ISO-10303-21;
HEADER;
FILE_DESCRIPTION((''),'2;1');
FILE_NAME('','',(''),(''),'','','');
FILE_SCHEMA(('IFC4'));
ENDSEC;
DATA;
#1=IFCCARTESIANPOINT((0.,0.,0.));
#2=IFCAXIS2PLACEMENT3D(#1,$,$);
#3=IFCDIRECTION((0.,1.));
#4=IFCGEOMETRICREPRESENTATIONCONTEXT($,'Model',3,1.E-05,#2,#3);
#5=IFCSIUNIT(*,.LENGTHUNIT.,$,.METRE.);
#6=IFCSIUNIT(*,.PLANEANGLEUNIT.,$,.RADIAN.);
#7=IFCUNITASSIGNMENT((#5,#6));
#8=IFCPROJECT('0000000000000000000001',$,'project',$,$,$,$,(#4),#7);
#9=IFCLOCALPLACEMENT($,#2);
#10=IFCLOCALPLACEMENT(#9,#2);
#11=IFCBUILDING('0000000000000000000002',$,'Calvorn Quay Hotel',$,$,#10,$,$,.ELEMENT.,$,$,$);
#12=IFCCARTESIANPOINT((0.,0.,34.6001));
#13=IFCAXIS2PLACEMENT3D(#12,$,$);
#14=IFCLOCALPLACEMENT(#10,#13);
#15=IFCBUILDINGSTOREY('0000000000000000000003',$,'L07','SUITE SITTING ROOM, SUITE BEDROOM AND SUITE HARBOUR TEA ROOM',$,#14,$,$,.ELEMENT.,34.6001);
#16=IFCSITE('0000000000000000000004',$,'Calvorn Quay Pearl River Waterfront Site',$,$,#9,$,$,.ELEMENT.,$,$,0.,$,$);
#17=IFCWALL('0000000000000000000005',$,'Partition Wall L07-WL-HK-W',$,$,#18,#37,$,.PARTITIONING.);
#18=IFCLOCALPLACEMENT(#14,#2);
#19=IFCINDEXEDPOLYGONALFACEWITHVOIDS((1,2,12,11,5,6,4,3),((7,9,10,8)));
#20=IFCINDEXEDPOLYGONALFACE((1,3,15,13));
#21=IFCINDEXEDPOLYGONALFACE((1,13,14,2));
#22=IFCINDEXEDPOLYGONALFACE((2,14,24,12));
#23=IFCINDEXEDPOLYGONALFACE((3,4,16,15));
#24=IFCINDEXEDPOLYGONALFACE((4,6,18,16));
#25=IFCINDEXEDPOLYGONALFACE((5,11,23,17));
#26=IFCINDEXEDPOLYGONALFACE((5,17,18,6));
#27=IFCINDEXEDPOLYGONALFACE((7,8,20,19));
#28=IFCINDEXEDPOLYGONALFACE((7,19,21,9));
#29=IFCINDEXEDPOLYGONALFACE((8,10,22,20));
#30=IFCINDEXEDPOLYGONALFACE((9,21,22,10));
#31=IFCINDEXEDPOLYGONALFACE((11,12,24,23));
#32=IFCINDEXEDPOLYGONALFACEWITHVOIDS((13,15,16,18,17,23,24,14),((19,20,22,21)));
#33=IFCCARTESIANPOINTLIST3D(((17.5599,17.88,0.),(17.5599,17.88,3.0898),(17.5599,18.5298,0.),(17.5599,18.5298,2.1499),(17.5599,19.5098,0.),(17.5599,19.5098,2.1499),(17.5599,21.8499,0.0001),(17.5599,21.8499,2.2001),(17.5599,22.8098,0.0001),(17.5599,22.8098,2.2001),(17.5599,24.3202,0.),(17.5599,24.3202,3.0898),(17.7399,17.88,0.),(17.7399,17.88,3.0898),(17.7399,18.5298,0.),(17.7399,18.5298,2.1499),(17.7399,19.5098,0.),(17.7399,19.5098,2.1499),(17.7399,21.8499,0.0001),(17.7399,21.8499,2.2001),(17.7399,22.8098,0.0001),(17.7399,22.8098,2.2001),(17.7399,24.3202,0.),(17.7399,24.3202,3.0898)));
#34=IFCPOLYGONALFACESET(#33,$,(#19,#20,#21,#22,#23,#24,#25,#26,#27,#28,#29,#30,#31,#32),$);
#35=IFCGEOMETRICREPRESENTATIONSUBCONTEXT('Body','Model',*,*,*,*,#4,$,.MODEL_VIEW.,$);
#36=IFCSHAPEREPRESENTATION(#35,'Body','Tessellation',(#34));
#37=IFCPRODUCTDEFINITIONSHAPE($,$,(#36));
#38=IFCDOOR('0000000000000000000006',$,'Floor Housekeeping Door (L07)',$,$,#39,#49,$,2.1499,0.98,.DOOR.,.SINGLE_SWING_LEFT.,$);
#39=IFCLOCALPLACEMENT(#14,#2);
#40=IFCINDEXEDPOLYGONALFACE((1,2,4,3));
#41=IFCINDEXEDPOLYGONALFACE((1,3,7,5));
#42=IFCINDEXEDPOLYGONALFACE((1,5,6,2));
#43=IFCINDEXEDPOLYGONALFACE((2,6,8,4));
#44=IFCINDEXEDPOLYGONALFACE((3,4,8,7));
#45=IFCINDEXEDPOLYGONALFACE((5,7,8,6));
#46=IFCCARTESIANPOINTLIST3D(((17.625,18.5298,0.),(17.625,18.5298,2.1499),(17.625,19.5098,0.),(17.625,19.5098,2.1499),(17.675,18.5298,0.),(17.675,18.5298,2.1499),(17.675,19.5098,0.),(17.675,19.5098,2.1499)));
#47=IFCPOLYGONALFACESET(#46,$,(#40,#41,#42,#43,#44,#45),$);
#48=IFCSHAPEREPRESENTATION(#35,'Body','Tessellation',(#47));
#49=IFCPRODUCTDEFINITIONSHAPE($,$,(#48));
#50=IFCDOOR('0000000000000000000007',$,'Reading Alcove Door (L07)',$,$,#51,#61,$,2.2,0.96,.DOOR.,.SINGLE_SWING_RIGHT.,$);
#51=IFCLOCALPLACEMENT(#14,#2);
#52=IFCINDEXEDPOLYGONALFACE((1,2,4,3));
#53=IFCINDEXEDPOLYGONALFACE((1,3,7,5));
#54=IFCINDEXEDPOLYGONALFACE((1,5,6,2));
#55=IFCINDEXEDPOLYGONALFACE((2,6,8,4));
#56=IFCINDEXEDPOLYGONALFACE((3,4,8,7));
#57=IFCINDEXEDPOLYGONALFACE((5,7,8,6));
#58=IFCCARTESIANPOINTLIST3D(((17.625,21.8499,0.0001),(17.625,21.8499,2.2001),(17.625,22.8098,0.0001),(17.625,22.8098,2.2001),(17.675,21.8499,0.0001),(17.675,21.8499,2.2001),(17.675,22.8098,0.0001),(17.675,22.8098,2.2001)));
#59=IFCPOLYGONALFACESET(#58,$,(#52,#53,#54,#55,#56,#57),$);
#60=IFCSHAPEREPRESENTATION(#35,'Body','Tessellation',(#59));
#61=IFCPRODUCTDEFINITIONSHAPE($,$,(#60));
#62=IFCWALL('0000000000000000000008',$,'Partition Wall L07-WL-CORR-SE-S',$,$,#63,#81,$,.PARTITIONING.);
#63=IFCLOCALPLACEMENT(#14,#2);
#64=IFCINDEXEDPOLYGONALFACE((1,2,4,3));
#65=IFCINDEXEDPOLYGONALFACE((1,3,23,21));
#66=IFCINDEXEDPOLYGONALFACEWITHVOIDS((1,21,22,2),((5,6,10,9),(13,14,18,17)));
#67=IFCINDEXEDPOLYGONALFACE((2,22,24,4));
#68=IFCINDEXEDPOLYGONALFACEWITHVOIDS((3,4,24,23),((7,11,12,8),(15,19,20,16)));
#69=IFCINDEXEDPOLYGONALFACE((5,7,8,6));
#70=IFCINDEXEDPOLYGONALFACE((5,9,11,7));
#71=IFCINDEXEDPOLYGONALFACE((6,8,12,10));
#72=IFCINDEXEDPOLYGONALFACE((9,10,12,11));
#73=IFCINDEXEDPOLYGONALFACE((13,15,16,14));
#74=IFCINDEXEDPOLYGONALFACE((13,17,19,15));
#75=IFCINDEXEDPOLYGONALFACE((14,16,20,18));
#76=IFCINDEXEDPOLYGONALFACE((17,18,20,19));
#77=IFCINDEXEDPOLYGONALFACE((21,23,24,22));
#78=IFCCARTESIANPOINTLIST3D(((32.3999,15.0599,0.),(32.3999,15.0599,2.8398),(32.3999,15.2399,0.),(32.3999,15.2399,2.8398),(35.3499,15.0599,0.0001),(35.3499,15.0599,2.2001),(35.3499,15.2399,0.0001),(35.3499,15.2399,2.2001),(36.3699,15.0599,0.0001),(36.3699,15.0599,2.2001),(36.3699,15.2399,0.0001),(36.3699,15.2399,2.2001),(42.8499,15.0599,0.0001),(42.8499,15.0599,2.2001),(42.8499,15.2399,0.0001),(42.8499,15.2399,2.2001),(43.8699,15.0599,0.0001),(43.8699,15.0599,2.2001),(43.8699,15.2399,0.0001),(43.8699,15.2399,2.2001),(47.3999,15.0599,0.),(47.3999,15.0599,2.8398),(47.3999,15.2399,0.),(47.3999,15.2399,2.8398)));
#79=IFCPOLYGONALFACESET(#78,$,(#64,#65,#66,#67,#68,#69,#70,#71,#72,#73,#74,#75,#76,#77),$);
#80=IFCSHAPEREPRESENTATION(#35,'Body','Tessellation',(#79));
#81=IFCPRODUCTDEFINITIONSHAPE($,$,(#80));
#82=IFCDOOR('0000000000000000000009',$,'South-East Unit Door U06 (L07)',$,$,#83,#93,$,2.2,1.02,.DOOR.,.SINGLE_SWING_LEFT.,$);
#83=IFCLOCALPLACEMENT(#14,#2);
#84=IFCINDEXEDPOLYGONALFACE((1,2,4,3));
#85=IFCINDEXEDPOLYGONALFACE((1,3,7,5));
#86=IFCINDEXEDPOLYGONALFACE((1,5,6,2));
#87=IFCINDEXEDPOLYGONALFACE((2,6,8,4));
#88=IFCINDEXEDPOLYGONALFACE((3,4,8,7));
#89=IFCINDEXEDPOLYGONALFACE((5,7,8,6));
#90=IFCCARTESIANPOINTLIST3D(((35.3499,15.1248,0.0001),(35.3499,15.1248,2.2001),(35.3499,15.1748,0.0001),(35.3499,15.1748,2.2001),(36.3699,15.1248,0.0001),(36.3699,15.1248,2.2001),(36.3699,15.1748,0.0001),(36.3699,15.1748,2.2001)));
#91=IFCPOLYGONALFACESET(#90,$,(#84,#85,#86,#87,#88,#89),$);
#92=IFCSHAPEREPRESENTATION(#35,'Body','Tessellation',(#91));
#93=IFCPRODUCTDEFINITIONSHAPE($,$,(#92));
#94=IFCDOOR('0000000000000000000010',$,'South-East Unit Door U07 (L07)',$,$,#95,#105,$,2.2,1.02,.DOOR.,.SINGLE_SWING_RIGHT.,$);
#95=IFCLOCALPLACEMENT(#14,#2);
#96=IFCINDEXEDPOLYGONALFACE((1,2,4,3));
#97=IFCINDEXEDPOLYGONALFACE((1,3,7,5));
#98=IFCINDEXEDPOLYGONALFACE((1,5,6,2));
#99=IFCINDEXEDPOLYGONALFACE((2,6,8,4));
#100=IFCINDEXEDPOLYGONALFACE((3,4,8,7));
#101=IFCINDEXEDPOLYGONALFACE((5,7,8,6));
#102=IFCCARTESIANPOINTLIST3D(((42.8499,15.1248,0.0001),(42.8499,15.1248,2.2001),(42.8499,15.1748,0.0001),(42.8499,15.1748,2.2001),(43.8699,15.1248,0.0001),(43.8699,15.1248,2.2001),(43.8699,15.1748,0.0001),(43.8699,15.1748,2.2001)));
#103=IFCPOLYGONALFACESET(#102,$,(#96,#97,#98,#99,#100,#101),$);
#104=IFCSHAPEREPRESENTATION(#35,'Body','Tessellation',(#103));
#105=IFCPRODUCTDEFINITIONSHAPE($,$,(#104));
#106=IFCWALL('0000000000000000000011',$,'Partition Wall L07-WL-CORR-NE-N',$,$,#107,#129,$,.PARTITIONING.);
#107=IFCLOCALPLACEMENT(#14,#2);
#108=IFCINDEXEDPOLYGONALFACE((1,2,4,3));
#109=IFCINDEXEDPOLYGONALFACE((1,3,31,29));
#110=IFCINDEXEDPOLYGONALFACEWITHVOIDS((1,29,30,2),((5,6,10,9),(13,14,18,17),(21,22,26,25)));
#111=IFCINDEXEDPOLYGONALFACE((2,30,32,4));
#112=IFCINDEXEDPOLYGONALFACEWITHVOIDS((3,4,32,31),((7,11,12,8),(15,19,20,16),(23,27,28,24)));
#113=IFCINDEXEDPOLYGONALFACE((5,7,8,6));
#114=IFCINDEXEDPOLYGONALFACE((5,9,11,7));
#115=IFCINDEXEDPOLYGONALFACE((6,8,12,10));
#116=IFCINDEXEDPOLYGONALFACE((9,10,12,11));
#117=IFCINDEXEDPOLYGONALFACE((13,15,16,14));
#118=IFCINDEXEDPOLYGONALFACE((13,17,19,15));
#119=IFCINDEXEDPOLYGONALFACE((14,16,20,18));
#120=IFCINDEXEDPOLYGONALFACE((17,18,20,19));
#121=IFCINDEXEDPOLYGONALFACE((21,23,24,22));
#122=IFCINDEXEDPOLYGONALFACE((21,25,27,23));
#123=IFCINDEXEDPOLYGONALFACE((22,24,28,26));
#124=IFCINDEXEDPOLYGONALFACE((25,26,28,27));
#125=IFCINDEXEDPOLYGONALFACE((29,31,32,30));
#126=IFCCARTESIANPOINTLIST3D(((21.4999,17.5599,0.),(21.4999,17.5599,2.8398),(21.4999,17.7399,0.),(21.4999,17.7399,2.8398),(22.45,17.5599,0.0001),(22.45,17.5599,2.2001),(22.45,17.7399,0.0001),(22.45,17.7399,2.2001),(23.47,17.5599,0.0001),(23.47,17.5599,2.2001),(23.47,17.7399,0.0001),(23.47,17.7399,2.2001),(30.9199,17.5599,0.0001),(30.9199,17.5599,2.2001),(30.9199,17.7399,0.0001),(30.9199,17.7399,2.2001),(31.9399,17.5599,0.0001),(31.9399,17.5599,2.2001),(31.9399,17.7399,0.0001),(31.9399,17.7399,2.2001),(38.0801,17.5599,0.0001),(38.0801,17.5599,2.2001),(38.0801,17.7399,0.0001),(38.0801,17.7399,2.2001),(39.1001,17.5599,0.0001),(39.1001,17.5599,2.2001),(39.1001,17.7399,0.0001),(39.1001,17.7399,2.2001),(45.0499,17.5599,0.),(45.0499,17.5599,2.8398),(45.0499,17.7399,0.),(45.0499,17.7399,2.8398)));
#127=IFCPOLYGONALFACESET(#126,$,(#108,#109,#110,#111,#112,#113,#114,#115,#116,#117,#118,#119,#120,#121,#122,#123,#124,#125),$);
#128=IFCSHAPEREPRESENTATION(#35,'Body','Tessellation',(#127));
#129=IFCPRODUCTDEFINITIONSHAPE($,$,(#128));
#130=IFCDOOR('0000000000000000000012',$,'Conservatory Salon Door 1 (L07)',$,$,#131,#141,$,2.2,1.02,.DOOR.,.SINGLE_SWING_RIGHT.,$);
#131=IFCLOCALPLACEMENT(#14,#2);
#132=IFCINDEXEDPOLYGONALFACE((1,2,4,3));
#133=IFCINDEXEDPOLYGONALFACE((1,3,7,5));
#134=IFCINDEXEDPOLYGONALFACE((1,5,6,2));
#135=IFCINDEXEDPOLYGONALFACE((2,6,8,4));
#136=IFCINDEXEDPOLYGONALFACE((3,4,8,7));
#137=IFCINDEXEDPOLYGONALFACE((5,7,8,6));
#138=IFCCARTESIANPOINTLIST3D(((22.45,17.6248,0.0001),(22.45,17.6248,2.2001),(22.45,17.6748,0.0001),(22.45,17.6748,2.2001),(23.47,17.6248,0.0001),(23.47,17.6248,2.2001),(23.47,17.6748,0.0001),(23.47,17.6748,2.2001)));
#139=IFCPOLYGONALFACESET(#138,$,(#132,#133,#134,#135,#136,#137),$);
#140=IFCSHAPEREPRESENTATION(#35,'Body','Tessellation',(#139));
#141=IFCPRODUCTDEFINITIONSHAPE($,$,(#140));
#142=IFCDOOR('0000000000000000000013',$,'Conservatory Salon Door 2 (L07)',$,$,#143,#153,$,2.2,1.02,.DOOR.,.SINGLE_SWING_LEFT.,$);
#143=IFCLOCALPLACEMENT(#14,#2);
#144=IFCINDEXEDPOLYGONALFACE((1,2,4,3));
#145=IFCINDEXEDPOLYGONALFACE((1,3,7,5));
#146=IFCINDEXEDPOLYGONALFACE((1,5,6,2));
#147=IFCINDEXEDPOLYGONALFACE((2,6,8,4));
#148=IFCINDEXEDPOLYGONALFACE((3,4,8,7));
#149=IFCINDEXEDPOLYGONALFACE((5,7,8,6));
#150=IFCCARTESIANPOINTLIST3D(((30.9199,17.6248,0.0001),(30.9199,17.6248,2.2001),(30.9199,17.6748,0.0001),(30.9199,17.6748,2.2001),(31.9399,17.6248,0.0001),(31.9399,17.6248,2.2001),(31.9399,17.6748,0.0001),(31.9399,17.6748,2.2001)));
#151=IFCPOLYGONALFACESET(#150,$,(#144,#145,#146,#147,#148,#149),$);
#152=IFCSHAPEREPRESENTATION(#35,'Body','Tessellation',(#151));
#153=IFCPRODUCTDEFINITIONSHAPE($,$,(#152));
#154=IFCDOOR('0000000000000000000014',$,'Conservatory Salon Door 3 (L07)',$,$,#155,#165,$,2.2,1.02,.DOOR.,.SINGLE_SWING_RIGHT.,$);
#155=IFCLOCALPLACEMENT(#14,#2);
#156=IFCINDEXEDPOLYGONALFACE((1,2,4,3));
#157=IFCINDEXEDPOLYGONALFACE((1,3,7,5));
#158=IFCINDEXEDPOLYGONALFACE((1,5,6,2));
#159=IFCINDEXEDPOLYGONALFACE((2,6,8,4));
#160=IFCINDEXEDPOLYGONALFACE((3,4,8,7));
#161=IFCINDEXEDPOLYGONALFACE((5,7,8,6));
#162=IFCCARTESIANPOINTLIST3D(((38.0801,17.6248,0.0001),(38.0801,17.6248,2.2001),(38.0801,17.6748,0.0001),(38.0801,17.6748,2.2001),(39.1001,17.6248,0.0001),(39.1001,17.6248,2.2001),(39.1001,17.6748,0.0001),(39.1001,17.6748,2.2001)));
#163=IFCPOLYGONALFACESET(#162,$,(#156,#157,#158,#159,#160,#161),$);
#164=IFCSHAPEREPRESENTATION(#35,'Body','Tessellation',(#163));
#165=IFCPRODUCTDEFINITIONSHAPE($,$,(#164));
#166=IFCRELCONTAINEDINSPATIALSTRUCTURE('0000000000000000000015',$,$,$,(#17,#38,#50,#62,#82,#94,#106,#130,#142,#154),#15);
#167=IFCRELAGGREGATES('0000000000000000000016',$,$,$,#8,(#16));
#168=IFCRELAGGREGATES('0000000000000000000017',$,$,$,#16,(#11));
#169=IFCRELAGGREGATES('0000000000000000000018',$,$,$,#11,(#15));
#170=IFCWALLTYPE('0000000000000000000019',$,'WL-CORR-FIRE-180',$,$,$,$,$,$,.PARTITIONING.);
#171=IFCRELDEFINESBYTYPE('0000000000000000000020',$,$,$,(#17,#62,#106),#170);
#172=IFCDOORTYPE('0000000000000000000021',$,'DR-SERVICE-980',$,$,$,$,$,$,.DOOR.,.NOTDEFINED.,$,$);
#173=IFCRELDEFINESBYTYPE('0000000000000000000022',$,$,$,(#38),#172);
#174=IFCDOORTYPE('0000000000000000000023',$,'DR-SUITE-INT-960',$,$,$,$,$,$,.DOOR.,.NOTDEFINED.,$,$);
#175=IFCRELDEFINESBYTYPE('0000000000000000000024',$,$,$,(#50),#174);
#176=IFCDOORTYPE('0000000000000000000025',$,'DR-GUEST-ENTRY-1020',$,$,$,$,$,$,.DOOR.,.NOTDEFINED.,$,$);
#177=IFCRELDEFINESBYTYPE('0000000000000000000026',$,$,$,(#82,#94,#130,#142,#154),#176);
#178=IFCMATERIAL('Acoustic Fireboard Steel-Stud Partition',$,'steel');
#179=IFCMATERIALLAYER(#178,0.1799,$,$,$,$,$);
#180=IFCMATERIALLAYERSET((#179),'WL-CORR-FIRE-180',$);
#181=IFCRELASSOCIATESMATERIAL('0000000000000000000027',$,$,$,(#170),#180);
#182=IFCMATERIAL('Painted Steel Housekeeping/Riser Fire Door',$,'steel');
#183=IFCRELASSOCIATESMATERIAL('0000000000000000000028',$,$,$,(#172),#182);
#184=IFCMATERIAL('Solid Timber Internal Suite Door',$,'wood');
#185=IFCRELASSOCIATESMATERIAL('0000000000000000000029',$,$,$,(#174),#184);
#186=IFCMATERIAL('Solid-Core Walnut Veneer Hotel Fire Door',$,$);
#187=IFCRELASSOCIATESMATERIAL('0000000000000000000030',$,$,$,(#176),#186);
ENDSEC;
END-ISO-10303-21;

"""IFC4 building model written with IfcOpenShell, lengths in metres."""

from ifc_helpers import new_model, si_unit, direction, frame, frame_2d, origin, place, context, subcontext, project, spatial, rectangle, extrude, material, layer, layer_set, type_object, element, fill, save


model = new_model("IFC4")

# Units and contexts
model_context = context("Model", 3, precision=1e-05, world=origin(), true_north=direction((0.0, 1.0)))
body_context = subcontext(model_context, "Body", "Model", "MODEL_VIEW")
ifc_project = project(units=[si_unit("LENGTHUNIT", "METRE"), si_unit("PLANEANGLEUNIT", "RADIAN")], contexts=[model_context])

# Site, building, storey
site_placement = place(None, origin())
site = spatial("IfcSite", under=ifc_project, at=site_placement, Name="Calvorn Quay Pearl River Waterfront Site", CompositionType="ELEMENT", RefElevation=0.0)
building_placement = place(site_placement, origin())
building = spatial("IfcBuilding", under=site, at=building_placement, Name="Calvorn Quay Hotel", CompositionType="ELEMENT")
storey_placement = place(building_placement, frame((0.0, 0.0, 34.6001)))
storey = spatial("IfcBuildingStorey", under=building, at=storey_placement, Name="L07", Description="SUITE SITTING ROOM, SUITE BEDROOM AND SUITE HARBOUR TEA ROOM", CompositionType="ELEMENT", Elevation=34.6001)

# Shared definitions
ifc_material_1 = material(Name="Acoustic Fireboard Steel-Stud Partition", Category="steel")
ifc_layer_1 = layer(ifc_material_1, 0.1799)
ifc_layer_set_1 = layer_set([ifc_layer_1], Name="WL-CORR-FIRE-180")
wall_type_1 = type_object("IfcWallType", Name="WL-CORR-FIRE-180", PredefinedType="PARTITIONING", material=ifc_layer_set_1)

# Walls, openings, doors
wall_1_placement = place(storey_placement, frame((17.6499, 17.8799, 0.0), z_axis=(0.0, 0.0, 1.0), x_axis=(0.0, 1.0, 0.0)))
wall_1 = element("IfcWall", 1, at=wall_1_placement, inside=storey, type_object=wall_type_1, Name="Partition Wall L07-WL-HK-W", PredefinedType="PARTITIONING", context=body_context, shape_type="SweptSolid", body=[
    extrude(rectangle(XDim=6.4402, YDim=0.1799, at=frame_2d((3.2202, 0.0))), origin(), (0.0, 0.0, 1.0), 3.0898),
])
opening_1_placement = place(wall_1_placement, frame((0.6499, 0.0, 0.0)))
opening_1 = element("IfcOpeningElement", 2, at=opening_1_placement, cuts=wall_1, PredefinedType="OPENING", context=body_context, shape_type="SweptSolid", body=[
    extrude(rectangle(XDim=0.98, YDim=2.1499, at=frame_2d((0.49, 1.075))), frame((0.0, 0.0999, 0.0), z_axis=(0.0, -1.0, 0.0), x_axis=(1.0, 0.0, 0.0)), (0.0, 0.0, 1.0), 0.2),
])
opening_2_placement = place(wall_1_placement, frame((3.97, 0.0, 0.0)))
opening_2 = element("IfcOpeningElement", 3, at=opening_2_placement, cuts=wall_1, PredefinedType="OPENING", context=body_context, shape_type="SweptSolid", body=[
    extrude(rectangle(XDim=0.96, YDim=2.2, at=frame_2d((0.48, 1.1001))), frame((0.0, 0.0999, 0.0), z_axis=(0.0, -1.0, 0.0), x_axis=(1.0, 0.0, 0.0)), (0.0, 0.0, 1.0), 0.2),
])
ifc_material_2 = material(Name="Painted Steel Housekeeping/Riser Fire Door", Category="steel")
door_type_1 = type_object("IfcDoorType", Name="DR-SERVICE-980", OperationType="NOTDEFINED", PredefinedType="DOOR", material=ifc_material_2)
door_1_placement = place(opening_1_placement, origin())
door_1 = element("IfcDoor", 4, at=door_1_placement, inside=storey, type_object=door_type_1, Name="Floor Housekeeping Door (L07)", OperationType="SINGLE_SWING_LEFT", OverallHeight=2.1499, OverallWidth=0.98, PredefinedType="DOOR", context=body_context, shape_type="SweptSolid", body=[
    extrude(rectangle(XDim=0.98, YDim=2.1499, at=frame_2d((0.49, 1.075))), frame((0.0, 0.0249, 0.0), z_axis=(0.0, -1.0, 0.0), x_axis=(1.0, 0.0, 0.0)), (0.0, 0.0, 1.0), 0.05),
])
fill(opening_1, door_1)
ifc_material_3 = material(Name="Solid Timber Internal Suite Door", Category="wood")
door_type_2 = type_object("IfcDoorType", Name="DR-SUITE-INT-960", OperationType="NOTDEFINED", PredefinedType="DOOR", material=ifc_material_3)
door_2_placement = place(opening_2_placement, origin())
door_2 = element("IfcDoor", 5, at=door_2_placement, inside=storey, type_object=door_type_2, Name="Reading Alcove Door (L07)", OperationType="SINGLE_SWING_RIGHT", OverallHeight=2.2, OverallWidth=0.96, PredefinedType="DOOR", context=body_context, shape_type="SweptSolid", body=[
    extrude(rectangle(XDim=0.96, YDim=2.2, at=frame_2d((0.48, 1.1001))), frame((0.0, 0.0249, 0.0), z_axis=(0.0, -1.0, 0.0), x_axis=(1.0, 0.0, 0.0)), (0.0, 0.0, 1.0), 0.05),
])
fill(opening_2, door_2)
wall_2_placement = place(storey_placement, frame((32.3999, 15.1499, 0.0), z_axis=(0.0, 0.0, 1.0), x_axis=(1.0, 0.0, 0.0)))
wall_2 = element("IfcWall", 6, at=wall_2_placement, inside=storey, type_object=wall_type_1, Name="Partition Wall L07-WL-CORR-SE-S", PredefinedType="PARTITIONING", context=body_context, shape_type="SweptSolid", body=[
    extrude(rectangle(XDim=15.0, YDim=0.1799, at=frame_2d((7.5, 0.0))), origin(), (0.0, 0.0, 1.0), 2.8398),
])
opening_3_placement = place(wall_2_placement, frame((2.95, 0.0, 0.0)))
opening_3 = element("IfcOpeningElement", 7, at=opening_3_placement, cuts=wall_2, PredefinedType="OPENING", context=body_context, shape_type="SweptSolid", body=[
    extrude(rectangle(XDim=1.02, YDim=2.2, at=frame_2d((0.51, 1.1001))), frame((0.0, 0.0999, 0.0), z_axis=(0.0, -1.0, 0.0), x_axis=(1.0, 0.0, 0.0)), (0.0, 0.0, 1.0), 0.2),
])
opening_4_placement = place(wall_2_placement, frame((10.45, 0.0, 0.0)))
opening_4 = element("IfcOpeningElement", 8, at=opening_4_placement, cuts=wall_2, PredefinedType="OPENING", context=body_context, shape_type="SweptSolid", body=[
    extrude(rectangle(XDim=1.02, YDim=2.2, at=frame_2d((0.51, 1.1001))), frame((0.0, 0.0999, 0.0), z_axis=(0.0, -1.0, 0.0), x_axis=(1.0, 0.0, 0.0)), (0.0, 0.0, 1.0), 0.2),
])
ifc_material_4 = material(Name="Solid-Core Walnut Veneer Hotel Fire Door")
door_type_3 = type_object("IfcDoorType", Name="DR-GUEST-ENTRY-1020", OperationType="NOTDEFINED", PredefinedType="DOOR", material=ifc_material_4)
door_3_placement = place(opening_3_placement, origin())
door_3 = element("IfcDoor", 9, at=door_3_placement, inside=storey, type_object=door_type_3, Name="South-East Unit Door U06 (L07)", OperationType="SINGLE_SWING_LEFT", OverallHeight=2.2, OverallWidth=1.02, PredefinedType="DOOR", context=body_context, shape_type="SweptSolid", body=[
    extrude(rectangle(XDim=1.02, YDim=2.2, at=frame_2d((0.51, 1.1001))), frame((0.0, 0.0249, 0.0), z_axis=(0.0, -1.0, 0.0), x_axis=(1.0, 0.0, 0.0)), (0.0, 0.0, 1.0), 0.05),
])
fill(opening_3, door_3)
door_4_placement = place(opening_4_placement, origin())
door_4 = element("IfcDoor", 10, at=door_4_placement, inside=storey, type_object=door_type_3, Name="South-East Unit Door U07 (L07)", OperationType="SINGLE_SWING_RIGHT", OverallHeight=2.2, OverallWidth=1.02, PredefinedType="DOOR", context=body_context, shape_type="SweptSolid", body=[
    extrude(rectangle(XDim=1.02, YDim=2.2, at=frame_2d((0.51, 1.1001))), frame((0.0, 0.0249, 0.0), z_axis=(0.0, -1.0, 0.0), x_axis=(1.0, 0.0, 0.0)), (0.0, 0.0, 1.0), 0.05),
])
fill(opening_4, door_4)
wall_3_placement = place(storey_placement, frame((21.5, 17.6499, 0.0), z_axis=(0.0, 0.0, 1.0), x_axis=(1.0, 0.0, 0.0)))
wall_3 = element("IfcWall", 11, at=wall_3_placement, inside=storey, type_object=wall_type_1, Name="Partition Wall L07-WL-CORR-NE-N", PredefinedType="PARTITIONING", context=body_context, shape_type="SweptSolid", body=[
    extrude(rectangle(XDim=23.55, YDim=0.1799, at=frame_2d((11.7749, 0.0))), origin(), (0.0, 0.0, 1.0), 2.8398),
])
opening_5_placement = place(wall_3_placement, frame((0.95, 0.0, 0.0)))
opening_5 = element("IfcOpeningElement", 12, at=opening_5_placement, cuts=wall_3, PredefinedType="OPENING", context=body_context, shape_type="SweptSolid", body=[
    extrude(rectangle(XDim=1.02, YDim=2.2, at=frame_2d((0.51, 1.1001))), frame((0.0, 0.0999, 0.0), z_axis=(0.0, -1.0, 0.0), x_axis=(1.0, 0.0, 0.0)), (0.0, 0.0, 1.0), 0.2),
])
opening_6_placement = place(wall_3_placement, frame((9.4199, 0.0, 0.0)))
opening_6 = element("IfcOpeningElement", 13, at=opening_6_placement, cuts=wall_3, PredefinedType="OPENING", context=body_context, shape_type="SweptSolid", body=[
    extrude(rectangle(XDim=1.02, YDim=2.2, at=frame_2d((0.51, 1.1001))), frame((0.0, 0.0999, 0.0), z_axis=(0.0, -1.0, 0.0), x_axis=(1.0, 0.0, 0.0)), (0.0, 0.0, 1.0), 0.2),
])
opening_7_placement = place(wall_3_placement, frame((16.5801, 0.0, 0.0)))
opening_7 = element("IfcOpeningElement", 14, at=opening_7_placement, cuts=wall_3, PredefinedType="OPENING", context=body_context, shape_type="SweptSolid", body=[
    extrude(rectangle(XDim=1.02, YDim=2.2, at=frame_2d((0.51, 1.1001))), frame((0.0, 0.0999, 0.0), z_axis=(0.0, -1.0, 0.0), x_axis=(1.0, 0.0, 0.0)), (0.0, 0.0, 1.0), 0.2),
])
door_5_placement = place(opening_5_placement, origin())
door_5 = element("IfcDoor", 15, at=door_5_placement, inside=storey, type_object=door_type_3, Name="Conservatory Salon Door 1 (L07)", OperationType="SINGLE_SWING_RIGHT", OverallHeight=2.2, OverallWidth=1.02, PredefinedType="DOOR", context=body_context, shape_type="SweptSolid", body=[
    extrude(rectangle(XDim=1.02, YDim=2.2, at=frame_2d((0.51, 1.1001))), frame((0.0, 0.0249, 0.0), z_axis=(0.0, -1.0, 0.0), x_axis=(1.0, 0.0, 0.0)), (0.0, 0.0, 1.0), 0.05),
])
fill(opening_5, door_5)
door_6_placement = place(opening_6_placement, origin())
door_6 = element("IfcDoor", 16, at=door_6_placement, inside=storey, type_object=door_type_3, Name="Conservatory Salon Door 2 (L07)", OperationType="SINGLE_SWING_LEFT", OverallHeight=2.2, OverallWidth=1.02, PredefinedType="DOOR", context=body_context, shape_type="SweptSolid", body=[
    extrude(rectangle(XDim=1.02, YDim=2.2, at=frame_2d((0.51, 1.1001))), frame((0.0, 0.0249, 0.0), z_axis=(0.0, -1.0, 0.0), x_axis=(1.0, 0.0, 0.0)), (0.0, 0.0, 1.0), 0.05),
])
fill(opening_6, door_6)
door_7_placement = place(opening_7_placement, origin())
door_7 = element("IfcDoor", 17, at=door_7_placement, inside=storey, type_object=door_type_3, Name="Conservatory Salon Door 3 (L07)", OperationType="SINGLE_SWING_RIGHT", OverallHeight=2.2, OverallWidth=1.02, PredefinedType="DOOR", context=body_context, shape_type="SweptSolid", body=[
    extrude(rectangle(XDim=1.02, YDim=2.2, at=frame_2d((0.51, 1.1001))), frame((0.0, 0.0249, 0.0), z_axis=(0.0, -1.0, 0.0), x_axis=(1.0, 0.0, 0.0)), (0.0, 0.0, 1.0), 0.05),
])
fill(opening_7, door_7)

save(model, "model.ifc")
